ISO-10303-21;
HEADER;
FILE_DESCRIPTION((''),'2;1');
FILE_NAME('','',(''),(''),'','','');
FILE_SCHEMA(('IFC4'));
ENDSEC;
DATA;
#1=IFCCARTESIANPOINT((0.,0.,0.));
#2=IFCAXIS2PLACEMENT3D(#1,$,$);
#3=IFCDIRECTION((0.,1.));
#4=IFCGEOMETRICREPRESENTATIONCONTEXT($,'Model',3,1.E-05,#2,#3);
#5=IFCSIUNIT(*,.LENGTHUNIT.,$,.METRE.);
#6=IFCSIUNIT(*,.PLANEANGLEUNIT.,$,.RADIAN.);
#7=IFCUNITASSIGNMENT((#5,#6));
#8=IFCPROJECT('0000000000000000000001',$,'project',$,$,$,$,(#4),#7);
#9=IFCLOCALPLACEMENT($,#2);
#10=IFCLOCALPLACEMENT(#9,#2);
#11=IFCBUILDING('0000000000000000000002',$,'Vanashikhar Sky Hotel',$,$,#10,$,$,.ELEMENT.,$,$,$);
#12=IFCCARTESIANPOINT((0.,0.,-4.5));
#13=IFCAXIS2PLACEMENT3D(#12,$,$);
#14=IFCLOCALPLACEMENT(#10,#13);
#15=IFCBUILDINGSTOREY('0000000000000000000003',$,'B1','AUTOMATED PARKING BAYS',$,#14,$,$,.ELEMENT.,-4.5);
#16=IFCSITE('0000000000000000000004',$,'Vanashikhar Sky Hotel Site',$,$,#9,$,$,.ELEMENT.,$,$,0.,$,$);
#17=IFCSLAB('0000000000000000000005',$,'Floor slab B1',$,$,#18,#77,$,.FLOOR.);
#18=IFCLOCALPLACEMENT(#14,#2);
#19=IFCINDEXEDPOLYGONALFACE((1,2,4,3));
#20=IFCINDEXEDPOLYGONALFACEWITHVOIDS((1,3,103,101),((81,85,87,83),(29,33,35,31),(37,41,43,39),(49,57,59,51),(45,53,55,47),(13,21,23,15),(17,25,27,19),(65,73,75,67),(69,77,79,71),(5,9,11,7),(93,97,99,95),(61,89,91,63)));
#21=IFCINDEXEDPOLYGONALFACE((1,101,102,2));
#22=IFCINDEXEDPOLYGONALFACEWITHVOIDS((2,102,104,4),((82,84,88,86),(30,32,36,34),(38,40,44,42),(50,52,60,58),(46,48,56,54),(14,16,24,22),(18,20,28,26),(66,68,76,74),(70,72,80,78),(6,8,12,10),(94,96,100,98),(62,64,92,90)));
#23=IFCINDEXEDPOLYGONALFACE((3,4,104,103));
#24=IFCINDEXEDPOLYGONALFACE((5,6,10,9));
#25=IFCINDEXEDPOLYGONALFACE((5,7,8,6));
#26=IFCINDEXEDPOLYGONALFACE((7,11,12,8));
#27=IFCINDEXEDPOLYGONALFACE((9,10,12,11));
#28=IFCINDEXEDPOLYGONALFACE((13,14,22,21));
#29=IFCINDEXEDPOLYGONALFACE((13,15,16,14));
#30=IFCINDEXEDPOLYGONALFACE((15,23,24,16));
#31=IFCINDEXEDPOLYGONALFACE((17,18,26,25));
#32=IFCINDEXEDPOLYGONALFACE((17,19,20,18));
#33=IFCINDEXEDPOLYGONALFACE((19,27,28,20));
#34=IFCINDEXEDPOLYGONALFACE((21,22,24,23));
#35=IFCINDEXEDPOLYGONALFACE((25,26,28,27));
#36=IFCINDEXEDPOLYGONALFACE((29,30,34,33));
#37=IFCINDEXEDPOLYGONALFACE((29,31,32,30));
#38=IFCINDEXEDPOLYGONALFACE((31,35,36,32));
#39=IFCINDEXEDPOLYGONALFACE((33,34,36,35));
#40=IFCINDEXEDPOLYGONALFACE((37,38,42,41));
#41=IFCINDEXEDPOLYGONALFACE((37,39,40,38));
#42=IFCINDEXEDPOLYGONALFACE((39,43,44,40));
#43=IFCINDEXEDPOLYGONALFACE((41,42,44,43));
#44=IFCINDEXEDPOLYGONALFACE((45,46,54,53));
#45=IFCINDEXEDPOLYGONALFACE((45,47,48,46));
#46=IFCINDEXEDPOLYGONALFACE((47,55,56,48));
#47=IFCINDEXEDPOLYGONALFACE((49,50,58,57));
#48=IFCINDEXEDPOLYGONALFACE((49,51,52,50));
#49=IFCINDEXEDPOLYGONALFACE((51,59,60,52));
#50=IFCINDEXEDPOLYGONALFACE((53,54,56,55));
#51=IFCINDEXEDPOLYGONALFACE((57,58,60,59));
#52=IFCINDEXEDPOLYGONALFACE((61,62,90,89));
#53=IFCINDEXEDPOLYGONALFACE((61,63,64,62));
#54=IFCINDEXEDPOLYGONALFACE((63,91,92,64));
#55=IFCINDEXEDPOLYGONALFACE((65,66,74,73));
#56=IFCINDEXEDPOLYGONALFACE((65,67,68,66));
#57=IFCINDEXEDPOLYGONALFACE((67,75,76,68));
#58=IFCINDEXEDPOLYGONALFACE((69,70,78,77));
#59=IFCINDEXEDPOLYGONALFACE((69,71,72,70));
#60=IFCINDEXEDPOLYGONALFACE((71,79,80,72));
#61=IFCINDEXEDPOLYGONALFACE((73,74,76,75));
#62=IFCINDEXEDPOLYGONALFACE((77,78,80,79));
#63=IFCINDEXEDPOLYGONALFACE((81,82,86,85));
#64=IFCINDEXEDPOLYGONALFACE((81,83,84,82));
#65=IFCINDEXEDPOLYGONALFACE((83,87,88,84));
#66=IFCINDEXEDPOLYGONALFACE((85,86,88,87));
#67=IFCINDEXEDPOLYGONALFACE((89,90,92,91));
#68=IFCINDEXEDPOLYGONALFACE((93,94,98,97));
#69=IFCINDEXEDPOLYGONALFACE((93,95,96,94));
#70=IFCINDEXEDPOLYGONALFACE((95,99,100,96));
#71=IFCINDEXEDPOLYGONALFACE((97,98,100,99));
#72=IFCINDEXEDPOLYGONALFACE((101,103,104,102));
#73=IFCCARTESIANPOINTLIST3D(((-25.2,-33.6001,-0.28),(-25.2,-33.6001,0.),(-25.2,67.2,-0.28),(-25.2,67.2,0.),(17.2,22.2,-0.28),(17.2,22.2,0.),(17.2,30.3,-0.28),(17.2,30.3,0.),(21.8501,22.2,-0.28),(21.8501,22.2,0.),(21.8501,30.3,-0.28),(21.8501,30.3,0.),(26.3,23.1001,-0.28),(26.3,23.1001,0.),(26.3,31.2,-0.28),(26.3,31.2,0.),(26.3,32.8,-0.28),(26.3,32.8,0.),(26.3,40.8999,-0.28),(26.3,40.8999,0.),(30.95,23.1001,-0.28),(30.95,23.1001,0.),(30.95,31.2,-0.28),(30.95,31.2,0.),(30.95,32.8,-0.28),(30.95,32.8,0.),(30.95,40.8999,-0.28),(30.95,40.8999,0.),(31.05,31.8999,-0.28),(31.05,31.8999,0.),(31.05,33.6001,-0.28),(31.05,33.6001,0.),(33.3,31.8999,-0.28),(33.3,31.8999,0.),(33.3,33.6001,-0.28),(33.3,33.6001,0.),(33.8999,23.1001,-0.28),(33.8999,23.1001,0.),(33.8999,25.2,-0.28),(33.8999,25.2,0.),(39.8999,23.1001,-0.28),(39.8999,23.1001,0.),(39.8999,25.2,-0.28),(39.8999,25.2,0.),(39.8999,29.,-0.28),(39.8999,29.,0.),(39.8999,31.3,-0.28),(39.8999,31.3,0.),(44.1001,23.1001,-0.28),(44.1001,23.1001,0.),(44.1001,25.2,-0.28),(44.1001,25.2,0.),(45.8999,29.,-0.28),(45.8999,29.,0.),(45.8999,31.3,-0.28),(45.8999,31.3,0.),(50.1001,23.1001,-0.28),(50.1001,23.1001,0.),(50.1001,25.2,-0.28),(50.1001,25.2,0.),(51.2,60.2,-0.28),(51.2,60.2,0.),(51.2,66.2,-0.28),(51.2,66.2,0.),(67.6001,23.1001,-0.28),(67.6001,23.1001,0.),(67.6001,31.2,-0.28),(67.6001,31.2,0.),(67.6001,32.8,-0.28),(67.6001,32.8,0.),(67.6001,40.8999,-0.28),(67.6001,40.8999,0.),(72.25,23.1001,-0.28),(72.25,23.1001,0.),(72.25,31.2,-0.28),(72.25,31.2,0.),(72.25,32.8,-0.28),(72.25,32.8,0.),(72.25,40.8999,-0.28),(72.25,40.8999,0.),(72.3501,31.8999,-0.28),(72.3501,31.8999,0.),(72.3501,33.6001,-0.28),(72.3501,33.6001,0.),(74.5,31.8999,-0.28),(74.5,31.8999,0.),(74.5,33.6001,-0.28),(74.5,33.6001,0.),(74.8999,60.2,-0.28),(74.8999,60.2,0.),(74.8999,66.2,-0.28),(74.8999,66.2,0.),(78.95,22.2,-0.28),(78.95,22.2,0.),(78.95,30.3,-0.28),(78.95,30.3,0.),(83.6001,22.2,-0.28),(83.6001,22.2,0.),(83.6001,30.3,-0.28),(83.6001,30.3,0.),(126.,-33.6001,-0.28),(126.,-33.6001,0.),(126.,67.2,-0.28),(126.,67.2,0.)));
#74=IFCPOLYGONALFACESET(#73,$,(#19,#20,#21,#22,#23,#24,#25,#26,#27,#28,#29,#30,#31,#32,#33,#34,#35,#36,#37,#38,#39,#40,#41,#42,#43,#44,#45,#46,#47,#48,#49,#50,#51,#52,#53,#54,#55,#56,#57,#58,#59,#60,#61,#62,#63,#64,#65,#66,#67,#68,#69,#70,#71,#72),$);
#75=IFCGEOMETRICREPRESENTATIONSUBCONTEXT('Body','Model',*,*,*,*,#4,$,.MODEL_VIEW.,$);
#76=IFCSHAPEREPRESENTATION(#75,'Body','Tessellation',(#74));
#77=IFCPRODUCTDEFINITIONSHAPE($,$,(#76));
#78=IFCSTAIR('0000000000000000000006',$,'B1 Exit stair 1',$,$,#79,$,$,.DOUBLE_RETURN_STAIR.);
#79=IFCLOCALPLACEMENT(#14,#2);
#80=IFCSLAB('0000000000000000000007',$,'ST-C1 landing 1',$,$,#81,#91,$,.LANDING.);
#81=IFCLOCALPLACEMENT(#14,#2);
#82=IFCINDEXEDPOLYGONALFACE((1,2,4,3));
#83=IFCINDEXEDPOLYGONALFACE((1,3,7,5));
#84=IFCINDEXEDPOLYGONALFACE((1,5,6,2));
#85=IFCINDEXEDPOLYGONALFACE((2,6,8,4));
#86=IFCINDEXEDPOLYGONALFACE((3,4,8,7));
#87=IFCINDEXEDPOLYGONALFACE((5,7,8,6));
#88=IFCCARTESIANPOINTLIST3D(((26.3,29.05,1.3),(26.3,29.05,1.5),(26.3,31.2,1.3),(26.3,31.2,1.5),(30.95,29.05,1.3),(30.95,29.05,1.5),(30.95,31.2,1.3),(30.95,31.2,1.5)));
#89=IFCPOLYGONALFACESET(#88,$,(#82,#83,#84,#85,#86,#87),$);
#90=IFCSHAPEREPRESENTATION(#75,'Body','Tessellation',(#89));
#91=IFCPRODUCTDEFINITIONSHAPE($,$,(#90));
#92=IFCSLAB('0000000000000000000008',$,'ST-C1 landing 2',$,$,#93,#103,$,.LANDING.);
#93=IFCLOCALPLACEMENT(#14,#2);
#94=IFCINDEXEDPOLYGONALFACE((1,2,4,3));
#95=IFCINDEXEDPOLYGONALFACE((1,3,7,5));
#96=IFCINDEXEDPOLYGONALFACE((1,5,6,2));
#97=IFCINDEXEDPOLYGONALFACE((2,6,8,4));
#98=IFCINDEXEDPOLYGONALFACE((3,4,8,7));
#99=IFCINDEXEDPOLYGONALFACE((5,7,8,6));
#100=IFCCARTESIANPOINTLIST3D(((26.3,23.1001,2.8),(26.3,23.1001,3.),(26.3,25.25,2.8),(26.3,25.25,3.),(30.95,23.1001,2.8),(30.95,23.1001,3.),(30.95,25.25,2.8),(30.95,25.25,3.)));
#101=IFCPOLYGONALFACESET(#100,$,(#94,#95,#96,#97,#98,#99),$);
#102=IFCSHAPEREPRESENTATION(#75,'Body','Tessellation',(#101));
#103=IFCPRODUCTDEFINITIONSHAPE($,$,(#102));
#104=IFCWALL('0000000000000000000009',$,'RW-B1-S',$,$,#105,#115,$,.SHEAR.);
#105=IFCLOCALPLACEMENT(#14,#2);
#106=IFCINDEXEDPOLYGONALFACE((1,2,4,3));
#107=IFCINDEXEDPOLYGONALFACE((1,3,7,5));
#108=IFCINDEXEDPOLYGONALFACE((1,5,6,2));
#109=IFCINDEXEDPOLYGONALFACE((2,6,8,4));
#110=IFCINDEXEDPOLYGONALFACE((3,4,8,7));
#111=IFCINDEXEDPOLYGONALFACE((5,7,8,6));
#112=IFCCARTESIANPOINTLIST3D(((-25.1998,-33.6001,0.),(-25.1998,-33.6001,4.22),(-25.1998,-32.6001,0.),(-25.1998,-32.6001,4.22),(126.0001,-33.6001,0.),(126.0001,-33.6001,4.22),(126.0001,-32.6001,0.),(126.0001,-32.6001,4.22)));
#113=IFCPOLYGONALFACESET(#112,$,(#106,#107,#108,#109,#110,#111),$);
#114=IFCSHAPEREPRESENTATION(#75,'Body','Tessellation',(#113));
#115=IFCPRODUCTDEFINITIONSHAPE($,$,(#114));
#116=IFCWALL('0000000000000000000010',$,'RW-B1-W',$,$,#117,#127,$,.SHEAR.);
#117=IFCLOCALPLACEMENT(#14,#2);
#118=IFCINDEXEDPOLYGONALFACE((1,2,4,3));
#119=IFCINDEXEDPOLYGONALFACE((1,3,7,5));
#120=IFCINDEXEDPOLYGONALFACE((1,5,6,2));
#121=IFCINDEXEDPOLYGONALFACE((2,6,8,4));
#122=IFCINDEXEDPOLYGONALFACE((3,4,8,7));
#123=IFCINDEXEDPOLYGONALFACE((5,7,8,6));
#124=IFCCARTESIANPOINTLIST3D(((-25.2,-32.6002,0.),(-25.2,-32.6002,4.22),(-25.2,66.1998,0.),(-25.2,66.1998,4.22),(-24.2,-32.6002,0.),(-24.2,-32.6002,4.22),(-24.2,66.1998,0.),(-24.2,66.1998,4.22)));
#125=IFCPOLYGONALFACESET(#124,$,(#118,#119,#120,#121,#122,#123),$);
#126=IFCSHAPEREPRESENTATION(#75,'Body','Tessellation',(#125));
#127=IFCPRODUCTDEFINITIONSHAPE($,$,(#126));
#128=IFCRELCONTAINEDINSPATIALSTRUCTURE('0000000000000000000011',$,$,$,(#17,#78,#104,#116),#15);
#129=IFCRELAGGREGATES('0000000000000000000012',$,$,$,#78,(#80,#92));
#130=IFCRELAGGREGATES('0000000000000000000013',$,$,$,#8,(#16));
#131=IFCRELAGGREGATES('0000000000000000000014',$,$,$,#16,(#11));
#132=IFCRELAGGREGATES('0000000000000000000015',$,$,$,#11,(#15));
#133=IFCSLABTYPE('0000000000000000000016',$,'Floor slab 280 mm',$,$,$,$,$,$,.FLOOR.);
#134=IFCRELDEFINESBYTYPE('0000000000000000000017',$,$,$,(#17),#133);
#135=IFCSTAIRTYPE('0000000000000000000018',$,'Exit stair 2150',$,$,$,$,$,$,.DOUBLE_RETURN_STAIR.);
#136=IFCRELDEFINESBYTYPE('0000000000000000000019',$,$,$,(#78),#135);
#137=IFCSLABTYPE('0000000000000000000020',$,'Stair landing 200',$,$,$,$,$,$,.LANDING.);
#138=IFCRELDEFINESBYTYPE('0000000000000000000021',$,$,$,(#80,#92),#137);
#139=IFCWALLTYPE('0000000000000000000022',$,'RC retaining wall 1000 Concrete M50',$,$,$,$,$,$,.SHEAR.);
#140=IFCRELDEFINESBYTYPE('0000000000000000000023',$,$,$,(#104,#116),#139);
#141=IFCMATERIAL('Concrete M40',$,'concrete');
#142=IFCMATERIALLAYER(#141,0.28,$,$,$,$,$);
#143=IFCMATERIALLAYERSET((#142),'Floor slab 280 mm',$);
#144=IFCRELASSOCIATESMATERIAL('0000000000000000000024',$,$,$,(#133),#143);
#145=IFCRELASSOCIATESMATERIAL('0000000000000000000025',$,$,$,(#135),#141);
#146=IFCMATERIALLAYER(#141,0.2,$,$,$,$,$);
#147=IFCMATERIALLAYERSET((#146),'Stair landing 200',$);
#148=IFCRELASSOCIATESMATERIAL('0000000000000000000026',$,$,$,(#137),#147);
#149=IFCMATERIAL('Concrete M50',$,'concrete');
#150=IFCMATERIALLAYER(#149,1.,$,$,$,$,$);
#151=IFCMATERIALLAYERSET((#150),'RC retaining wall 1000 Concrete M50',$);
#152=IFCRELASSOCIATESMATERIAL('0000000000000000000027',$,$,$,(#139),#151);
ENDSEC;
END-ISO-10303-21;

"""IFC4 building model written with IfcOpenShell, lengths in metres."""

from ifc_helpers import new_model, si_unit, direction, frame, frame_2d, origin, place, context, subcontext, project, spatial, polyline, rectangle, outline, extrude, source, transform, mapped, material, layer, layer_set, type_object, element, aggregate, save


model = new_model("IFC4")

# Units and contexts
model_context = context("Model", 3, precision=1e-05, world=origin(), true_north=direction((0.0, 1.0)))
body_context = subcontext(model_context, "Body", "Model", "MODEL_VIEW")
ifc_project = project(units=[si_unit("LENGTHUNIT", "METRE"), si_unit("PLANEANGLEUNIT", "RADIAN")], contexts=[model_context])

# Site, building, storey
site_placement = place(None, origin())
site = spatial("IfcSite", under=ifc_project, at=site_placement, Name="Vanashikhar Sky Hotel Site", CompositionType="ELEMENT", RefElevation=0.0)
building_placement = place(site_placement, origin())
building = spatial("IfcBuilding", under=site, at=building_placement, Name="Vanashikhar Sky Hotel", CompositionType="ELEMENT")
storey_placement = place(building_placement, frame((0.0, 0.0, -4.5)))
storey = spatial("IfcBuildingStorey", under=building, at=storey_placement, Name="B1", Description="AUTOMATED PARKING BAYS", CompositionType="ELEMENT", Elevation=-4.5)

# Slab
ifc_material_1 = material(Name="Concrete M40", Category="concrete")
ifc_layer_1 = layer(ifc_material_1, 0.28)
ifc_layer_set_1 = layer_set([ifc_layer_1], Name="Floor slab 280 mm")
slab_type_1 = type_object("IfcSlabType", Name="Floor slab 280 mm", PredefinedType="FLOOR", material=ifc_layer_set_1)
shared_shape_1 = source(origin(), body_context, "Body", "SweptSolid", [
    extrude(outline(polyline([(-25.2, -33.6001), (126.0, -33.6001), (126.0, 67.2), (-25.2, 67.2), (-25.2, -33.6001)]), holes=[polyline([(31.05, 33.6001), (31.05, 31.8999), (33.3, 31.8999), (33.3, 33.6001), (31.05, 33.6001)]), polyline([(33.8999, 25.2), (33.8999, 23.1001), (39.8999, 23.1001), (39.8999, 25.2), (33.8999, 25.2)]), polyline([(39.8999, 31.3), (39.8999, 29.0), (45.8999, 29.0), (45.8999, 31.3), (39.8999, 31.3)]), polyline([(44.1001, 25.2), (44.1001, 23.1001), (50.1001, 23.1001), (50.1001, 25.2), (44.1001, 25.2)]), polyline([(72.3501, 33.6001), (72.3501, 31.8999), (74.5, 31.8999), (74.5, 33.6001), (72.3501, 33.6001)]), polyline([(30.95, 23.1001), (30.95, 31.2), (26.3, 31.2), (26.3, 23.1001), (30.95, 23.1001)]), polyline([(72.25, 23.1001), (72.25, 31.2), (67.6001, 31.2), (67.6001, 23.1001), (72.25, 23.1001)]), polyline([(30.95, 32.8), (30.95, 40.8999), (26.3, 40.8999), (26.3, 32.8), (30.95, 32.8)]), polyline([(72.25, 32.8), (72.25, 40.8999), (67.6001, 40.8999), (67.6001, 32.8), (72.25, 32.8)]), polyline([(83.6001, 22.2), (83.6001, 30.3), (78.95, 30.3), (78.95, 22.2), (83.6001, 22.2)]), polyline([(21.8501, 22.2), (21.8501, 30.3), (17.2, 30.3), (17.2, 22.2), (21.8501, 22.2)]), polyline([(51.2, 60.2), (74.8999, 60.2), (74.8999, 66.2), (51.2, 66.2), (51.2, 60.2)])]), origin(), (0.0, 0.0, 1.0), 0.28),
])
slab_1_placement = place(storey_placement, frame((0.0, 0.0, -0.28)))
element("IfcSlab", 1, at=slab_1_placement, inside=storey, type_object=slab_type_1, Name="Floor slab B1", PredefinedType="FLOOR", context=body_context, shape_type="MappedRepresentation", body=[
    mapped(shared_shape_1, transform((0.0, 0.0, 0.0), scale=1.0)),
])

# Stair, slabs
stair_type = type_object("IfcStairType", Name="Exit stair 2150", PredefinedType="DOUBLE_RETURN_STAIR", material=ifc_material_1)
stair_placement = place(storey_placement, origin())
stair = element("IfcStair", 2, at=stair_placement, inside=storey, type_object=stair_type, Name="B1 Exit stair 1", PredefinedType="DOUBLE_RETURN_STAIR")
ifc_layer_2 = layer(ifc_material_1, 0.2)
ifc_layer_set_2 = layer_set([ifc_layer_2], Name="Stair landing 200")
slab_type_2 = type_object("IfcSlabType", Name="Stair landing 200", PredefinedType="LANDING", material=ifc_layer_set_2)
shared_shape_2 = source(origin(), body_context, "Body", "SweptSolid", [
    extrude(outline(polyline([(30.95, 29.05), (30.95, 31.2), (26.3, 31.2), (26.3, 29.05), (30.95, 29.05)])), origin(), (0.0, 0.0, 1.0), 0.2),
])
slab_2_placement = place(storey_placement, frame((0.0, 0.0, 1.3)))
slab_2 = element("IfcSlab", 3, at=slab_2_placement, type_object=slab_type_2, Name="ST-C1 landing 1", PredefinedType="LANDING", context=body_context, shape_type="MappedRepresentation", body=[
    mapped(shared_shape_2, transform((0.0, 0.0, 0.0), scale=1.0)),
])
shared_shape_3 = source(origin(), body_context, "Body", "SweptSolid", [
    extrude(outline(polyline([(30.95, 23.1001), (30.95, 25.25), (26.3, 25.25), (26.3, 23.1001), (30.95, 23.1001)])), origin(), (0.0, 0.0, 1.0), 0.2),
])
slab_3_placement = place(storey_placement, frame((0.0, 0.0, 2.8)))
slab_3 = element("IfcSlab", 4, at=slab_3_placement, type_object=slab_type_2, Name="ST-C1 landing 2", PredefinedType="LANDING", context=body_context, shape_type="MappedRepresentation", body=[
    mapped(shared_shape_3, transform((0.0, 0.0, 0.0), scale=1.0)),
])
aggregate(stair, [slab_2, slab_3])

# Walls
ifc_material_2 = material(Name="Concrete M50", Category="concrete")
ifc_layer_3 = layer(ifc_material_2, 1.0)
ifc_layer_set_3 = layer_set([ifc_layer_3], Name="RC retaining wall 1000 Concrete M50")
wall_type = type_object("IfcWallType", Name="RC retaining wall 1000 Concrete M50", PredefinedType="SHEAR", material=ifc_layer_set_3)
shared_shape_4 = source(origin(), body_context, "Body", "SweptSolid", [
    extrude(rectangle(XDim=151.2, YDim=1.0, at=frame_2d((75.6001, 0.0))), origin(), (0.0, 0.0, 1.0), 4.22),
])
wall_1_placement = place(storey_placement, frame((-25.2, -33.1001, 0.0), z_axis=(0.0, 0.0, 1.0), x_axis=(1.0, 0.0, 0.0)))
element("IfcWall", 5, at=wall_1_placement, inside=storey, type_object=wall_type, Name="RW-B1-S", PredefinedType="SHEAR", context=body_context, shape_type="MappedRepresentation", body=[
    mapped(shared_shape_4, transform((0.0, 0.0, 0.0), scale=1.0)),
])
shared_shape_5 = source(origin(), body_context, "Body", "SweptSolid", [
    extrude(rectangle(XDim=98.8, YDim=1.0, at=frame_2d((49.3999, 0.0))), origin(), (0.0, 0.0, 1.0), 4.22),
])
wall_2_placement = place(storey_placement, frame((-24.7, -32.6001, 0.0), z_axis=(0.0, 0.0, 1.0), x_axis=(0.0, 1.0, 0.0)))
element("IfcWall", 6, at=wall_2_placement, inside=storey, type_object=wall_type, Name="RW-B1-W", PredefinedType="SHEAR", context=body_context, shape_type="MappedRepresentation", body=[
    mapped(shared_shape_5, transform((0.0, 0.0, 0.0), scale=1.0)),
])

save(model, "model.ifc")
